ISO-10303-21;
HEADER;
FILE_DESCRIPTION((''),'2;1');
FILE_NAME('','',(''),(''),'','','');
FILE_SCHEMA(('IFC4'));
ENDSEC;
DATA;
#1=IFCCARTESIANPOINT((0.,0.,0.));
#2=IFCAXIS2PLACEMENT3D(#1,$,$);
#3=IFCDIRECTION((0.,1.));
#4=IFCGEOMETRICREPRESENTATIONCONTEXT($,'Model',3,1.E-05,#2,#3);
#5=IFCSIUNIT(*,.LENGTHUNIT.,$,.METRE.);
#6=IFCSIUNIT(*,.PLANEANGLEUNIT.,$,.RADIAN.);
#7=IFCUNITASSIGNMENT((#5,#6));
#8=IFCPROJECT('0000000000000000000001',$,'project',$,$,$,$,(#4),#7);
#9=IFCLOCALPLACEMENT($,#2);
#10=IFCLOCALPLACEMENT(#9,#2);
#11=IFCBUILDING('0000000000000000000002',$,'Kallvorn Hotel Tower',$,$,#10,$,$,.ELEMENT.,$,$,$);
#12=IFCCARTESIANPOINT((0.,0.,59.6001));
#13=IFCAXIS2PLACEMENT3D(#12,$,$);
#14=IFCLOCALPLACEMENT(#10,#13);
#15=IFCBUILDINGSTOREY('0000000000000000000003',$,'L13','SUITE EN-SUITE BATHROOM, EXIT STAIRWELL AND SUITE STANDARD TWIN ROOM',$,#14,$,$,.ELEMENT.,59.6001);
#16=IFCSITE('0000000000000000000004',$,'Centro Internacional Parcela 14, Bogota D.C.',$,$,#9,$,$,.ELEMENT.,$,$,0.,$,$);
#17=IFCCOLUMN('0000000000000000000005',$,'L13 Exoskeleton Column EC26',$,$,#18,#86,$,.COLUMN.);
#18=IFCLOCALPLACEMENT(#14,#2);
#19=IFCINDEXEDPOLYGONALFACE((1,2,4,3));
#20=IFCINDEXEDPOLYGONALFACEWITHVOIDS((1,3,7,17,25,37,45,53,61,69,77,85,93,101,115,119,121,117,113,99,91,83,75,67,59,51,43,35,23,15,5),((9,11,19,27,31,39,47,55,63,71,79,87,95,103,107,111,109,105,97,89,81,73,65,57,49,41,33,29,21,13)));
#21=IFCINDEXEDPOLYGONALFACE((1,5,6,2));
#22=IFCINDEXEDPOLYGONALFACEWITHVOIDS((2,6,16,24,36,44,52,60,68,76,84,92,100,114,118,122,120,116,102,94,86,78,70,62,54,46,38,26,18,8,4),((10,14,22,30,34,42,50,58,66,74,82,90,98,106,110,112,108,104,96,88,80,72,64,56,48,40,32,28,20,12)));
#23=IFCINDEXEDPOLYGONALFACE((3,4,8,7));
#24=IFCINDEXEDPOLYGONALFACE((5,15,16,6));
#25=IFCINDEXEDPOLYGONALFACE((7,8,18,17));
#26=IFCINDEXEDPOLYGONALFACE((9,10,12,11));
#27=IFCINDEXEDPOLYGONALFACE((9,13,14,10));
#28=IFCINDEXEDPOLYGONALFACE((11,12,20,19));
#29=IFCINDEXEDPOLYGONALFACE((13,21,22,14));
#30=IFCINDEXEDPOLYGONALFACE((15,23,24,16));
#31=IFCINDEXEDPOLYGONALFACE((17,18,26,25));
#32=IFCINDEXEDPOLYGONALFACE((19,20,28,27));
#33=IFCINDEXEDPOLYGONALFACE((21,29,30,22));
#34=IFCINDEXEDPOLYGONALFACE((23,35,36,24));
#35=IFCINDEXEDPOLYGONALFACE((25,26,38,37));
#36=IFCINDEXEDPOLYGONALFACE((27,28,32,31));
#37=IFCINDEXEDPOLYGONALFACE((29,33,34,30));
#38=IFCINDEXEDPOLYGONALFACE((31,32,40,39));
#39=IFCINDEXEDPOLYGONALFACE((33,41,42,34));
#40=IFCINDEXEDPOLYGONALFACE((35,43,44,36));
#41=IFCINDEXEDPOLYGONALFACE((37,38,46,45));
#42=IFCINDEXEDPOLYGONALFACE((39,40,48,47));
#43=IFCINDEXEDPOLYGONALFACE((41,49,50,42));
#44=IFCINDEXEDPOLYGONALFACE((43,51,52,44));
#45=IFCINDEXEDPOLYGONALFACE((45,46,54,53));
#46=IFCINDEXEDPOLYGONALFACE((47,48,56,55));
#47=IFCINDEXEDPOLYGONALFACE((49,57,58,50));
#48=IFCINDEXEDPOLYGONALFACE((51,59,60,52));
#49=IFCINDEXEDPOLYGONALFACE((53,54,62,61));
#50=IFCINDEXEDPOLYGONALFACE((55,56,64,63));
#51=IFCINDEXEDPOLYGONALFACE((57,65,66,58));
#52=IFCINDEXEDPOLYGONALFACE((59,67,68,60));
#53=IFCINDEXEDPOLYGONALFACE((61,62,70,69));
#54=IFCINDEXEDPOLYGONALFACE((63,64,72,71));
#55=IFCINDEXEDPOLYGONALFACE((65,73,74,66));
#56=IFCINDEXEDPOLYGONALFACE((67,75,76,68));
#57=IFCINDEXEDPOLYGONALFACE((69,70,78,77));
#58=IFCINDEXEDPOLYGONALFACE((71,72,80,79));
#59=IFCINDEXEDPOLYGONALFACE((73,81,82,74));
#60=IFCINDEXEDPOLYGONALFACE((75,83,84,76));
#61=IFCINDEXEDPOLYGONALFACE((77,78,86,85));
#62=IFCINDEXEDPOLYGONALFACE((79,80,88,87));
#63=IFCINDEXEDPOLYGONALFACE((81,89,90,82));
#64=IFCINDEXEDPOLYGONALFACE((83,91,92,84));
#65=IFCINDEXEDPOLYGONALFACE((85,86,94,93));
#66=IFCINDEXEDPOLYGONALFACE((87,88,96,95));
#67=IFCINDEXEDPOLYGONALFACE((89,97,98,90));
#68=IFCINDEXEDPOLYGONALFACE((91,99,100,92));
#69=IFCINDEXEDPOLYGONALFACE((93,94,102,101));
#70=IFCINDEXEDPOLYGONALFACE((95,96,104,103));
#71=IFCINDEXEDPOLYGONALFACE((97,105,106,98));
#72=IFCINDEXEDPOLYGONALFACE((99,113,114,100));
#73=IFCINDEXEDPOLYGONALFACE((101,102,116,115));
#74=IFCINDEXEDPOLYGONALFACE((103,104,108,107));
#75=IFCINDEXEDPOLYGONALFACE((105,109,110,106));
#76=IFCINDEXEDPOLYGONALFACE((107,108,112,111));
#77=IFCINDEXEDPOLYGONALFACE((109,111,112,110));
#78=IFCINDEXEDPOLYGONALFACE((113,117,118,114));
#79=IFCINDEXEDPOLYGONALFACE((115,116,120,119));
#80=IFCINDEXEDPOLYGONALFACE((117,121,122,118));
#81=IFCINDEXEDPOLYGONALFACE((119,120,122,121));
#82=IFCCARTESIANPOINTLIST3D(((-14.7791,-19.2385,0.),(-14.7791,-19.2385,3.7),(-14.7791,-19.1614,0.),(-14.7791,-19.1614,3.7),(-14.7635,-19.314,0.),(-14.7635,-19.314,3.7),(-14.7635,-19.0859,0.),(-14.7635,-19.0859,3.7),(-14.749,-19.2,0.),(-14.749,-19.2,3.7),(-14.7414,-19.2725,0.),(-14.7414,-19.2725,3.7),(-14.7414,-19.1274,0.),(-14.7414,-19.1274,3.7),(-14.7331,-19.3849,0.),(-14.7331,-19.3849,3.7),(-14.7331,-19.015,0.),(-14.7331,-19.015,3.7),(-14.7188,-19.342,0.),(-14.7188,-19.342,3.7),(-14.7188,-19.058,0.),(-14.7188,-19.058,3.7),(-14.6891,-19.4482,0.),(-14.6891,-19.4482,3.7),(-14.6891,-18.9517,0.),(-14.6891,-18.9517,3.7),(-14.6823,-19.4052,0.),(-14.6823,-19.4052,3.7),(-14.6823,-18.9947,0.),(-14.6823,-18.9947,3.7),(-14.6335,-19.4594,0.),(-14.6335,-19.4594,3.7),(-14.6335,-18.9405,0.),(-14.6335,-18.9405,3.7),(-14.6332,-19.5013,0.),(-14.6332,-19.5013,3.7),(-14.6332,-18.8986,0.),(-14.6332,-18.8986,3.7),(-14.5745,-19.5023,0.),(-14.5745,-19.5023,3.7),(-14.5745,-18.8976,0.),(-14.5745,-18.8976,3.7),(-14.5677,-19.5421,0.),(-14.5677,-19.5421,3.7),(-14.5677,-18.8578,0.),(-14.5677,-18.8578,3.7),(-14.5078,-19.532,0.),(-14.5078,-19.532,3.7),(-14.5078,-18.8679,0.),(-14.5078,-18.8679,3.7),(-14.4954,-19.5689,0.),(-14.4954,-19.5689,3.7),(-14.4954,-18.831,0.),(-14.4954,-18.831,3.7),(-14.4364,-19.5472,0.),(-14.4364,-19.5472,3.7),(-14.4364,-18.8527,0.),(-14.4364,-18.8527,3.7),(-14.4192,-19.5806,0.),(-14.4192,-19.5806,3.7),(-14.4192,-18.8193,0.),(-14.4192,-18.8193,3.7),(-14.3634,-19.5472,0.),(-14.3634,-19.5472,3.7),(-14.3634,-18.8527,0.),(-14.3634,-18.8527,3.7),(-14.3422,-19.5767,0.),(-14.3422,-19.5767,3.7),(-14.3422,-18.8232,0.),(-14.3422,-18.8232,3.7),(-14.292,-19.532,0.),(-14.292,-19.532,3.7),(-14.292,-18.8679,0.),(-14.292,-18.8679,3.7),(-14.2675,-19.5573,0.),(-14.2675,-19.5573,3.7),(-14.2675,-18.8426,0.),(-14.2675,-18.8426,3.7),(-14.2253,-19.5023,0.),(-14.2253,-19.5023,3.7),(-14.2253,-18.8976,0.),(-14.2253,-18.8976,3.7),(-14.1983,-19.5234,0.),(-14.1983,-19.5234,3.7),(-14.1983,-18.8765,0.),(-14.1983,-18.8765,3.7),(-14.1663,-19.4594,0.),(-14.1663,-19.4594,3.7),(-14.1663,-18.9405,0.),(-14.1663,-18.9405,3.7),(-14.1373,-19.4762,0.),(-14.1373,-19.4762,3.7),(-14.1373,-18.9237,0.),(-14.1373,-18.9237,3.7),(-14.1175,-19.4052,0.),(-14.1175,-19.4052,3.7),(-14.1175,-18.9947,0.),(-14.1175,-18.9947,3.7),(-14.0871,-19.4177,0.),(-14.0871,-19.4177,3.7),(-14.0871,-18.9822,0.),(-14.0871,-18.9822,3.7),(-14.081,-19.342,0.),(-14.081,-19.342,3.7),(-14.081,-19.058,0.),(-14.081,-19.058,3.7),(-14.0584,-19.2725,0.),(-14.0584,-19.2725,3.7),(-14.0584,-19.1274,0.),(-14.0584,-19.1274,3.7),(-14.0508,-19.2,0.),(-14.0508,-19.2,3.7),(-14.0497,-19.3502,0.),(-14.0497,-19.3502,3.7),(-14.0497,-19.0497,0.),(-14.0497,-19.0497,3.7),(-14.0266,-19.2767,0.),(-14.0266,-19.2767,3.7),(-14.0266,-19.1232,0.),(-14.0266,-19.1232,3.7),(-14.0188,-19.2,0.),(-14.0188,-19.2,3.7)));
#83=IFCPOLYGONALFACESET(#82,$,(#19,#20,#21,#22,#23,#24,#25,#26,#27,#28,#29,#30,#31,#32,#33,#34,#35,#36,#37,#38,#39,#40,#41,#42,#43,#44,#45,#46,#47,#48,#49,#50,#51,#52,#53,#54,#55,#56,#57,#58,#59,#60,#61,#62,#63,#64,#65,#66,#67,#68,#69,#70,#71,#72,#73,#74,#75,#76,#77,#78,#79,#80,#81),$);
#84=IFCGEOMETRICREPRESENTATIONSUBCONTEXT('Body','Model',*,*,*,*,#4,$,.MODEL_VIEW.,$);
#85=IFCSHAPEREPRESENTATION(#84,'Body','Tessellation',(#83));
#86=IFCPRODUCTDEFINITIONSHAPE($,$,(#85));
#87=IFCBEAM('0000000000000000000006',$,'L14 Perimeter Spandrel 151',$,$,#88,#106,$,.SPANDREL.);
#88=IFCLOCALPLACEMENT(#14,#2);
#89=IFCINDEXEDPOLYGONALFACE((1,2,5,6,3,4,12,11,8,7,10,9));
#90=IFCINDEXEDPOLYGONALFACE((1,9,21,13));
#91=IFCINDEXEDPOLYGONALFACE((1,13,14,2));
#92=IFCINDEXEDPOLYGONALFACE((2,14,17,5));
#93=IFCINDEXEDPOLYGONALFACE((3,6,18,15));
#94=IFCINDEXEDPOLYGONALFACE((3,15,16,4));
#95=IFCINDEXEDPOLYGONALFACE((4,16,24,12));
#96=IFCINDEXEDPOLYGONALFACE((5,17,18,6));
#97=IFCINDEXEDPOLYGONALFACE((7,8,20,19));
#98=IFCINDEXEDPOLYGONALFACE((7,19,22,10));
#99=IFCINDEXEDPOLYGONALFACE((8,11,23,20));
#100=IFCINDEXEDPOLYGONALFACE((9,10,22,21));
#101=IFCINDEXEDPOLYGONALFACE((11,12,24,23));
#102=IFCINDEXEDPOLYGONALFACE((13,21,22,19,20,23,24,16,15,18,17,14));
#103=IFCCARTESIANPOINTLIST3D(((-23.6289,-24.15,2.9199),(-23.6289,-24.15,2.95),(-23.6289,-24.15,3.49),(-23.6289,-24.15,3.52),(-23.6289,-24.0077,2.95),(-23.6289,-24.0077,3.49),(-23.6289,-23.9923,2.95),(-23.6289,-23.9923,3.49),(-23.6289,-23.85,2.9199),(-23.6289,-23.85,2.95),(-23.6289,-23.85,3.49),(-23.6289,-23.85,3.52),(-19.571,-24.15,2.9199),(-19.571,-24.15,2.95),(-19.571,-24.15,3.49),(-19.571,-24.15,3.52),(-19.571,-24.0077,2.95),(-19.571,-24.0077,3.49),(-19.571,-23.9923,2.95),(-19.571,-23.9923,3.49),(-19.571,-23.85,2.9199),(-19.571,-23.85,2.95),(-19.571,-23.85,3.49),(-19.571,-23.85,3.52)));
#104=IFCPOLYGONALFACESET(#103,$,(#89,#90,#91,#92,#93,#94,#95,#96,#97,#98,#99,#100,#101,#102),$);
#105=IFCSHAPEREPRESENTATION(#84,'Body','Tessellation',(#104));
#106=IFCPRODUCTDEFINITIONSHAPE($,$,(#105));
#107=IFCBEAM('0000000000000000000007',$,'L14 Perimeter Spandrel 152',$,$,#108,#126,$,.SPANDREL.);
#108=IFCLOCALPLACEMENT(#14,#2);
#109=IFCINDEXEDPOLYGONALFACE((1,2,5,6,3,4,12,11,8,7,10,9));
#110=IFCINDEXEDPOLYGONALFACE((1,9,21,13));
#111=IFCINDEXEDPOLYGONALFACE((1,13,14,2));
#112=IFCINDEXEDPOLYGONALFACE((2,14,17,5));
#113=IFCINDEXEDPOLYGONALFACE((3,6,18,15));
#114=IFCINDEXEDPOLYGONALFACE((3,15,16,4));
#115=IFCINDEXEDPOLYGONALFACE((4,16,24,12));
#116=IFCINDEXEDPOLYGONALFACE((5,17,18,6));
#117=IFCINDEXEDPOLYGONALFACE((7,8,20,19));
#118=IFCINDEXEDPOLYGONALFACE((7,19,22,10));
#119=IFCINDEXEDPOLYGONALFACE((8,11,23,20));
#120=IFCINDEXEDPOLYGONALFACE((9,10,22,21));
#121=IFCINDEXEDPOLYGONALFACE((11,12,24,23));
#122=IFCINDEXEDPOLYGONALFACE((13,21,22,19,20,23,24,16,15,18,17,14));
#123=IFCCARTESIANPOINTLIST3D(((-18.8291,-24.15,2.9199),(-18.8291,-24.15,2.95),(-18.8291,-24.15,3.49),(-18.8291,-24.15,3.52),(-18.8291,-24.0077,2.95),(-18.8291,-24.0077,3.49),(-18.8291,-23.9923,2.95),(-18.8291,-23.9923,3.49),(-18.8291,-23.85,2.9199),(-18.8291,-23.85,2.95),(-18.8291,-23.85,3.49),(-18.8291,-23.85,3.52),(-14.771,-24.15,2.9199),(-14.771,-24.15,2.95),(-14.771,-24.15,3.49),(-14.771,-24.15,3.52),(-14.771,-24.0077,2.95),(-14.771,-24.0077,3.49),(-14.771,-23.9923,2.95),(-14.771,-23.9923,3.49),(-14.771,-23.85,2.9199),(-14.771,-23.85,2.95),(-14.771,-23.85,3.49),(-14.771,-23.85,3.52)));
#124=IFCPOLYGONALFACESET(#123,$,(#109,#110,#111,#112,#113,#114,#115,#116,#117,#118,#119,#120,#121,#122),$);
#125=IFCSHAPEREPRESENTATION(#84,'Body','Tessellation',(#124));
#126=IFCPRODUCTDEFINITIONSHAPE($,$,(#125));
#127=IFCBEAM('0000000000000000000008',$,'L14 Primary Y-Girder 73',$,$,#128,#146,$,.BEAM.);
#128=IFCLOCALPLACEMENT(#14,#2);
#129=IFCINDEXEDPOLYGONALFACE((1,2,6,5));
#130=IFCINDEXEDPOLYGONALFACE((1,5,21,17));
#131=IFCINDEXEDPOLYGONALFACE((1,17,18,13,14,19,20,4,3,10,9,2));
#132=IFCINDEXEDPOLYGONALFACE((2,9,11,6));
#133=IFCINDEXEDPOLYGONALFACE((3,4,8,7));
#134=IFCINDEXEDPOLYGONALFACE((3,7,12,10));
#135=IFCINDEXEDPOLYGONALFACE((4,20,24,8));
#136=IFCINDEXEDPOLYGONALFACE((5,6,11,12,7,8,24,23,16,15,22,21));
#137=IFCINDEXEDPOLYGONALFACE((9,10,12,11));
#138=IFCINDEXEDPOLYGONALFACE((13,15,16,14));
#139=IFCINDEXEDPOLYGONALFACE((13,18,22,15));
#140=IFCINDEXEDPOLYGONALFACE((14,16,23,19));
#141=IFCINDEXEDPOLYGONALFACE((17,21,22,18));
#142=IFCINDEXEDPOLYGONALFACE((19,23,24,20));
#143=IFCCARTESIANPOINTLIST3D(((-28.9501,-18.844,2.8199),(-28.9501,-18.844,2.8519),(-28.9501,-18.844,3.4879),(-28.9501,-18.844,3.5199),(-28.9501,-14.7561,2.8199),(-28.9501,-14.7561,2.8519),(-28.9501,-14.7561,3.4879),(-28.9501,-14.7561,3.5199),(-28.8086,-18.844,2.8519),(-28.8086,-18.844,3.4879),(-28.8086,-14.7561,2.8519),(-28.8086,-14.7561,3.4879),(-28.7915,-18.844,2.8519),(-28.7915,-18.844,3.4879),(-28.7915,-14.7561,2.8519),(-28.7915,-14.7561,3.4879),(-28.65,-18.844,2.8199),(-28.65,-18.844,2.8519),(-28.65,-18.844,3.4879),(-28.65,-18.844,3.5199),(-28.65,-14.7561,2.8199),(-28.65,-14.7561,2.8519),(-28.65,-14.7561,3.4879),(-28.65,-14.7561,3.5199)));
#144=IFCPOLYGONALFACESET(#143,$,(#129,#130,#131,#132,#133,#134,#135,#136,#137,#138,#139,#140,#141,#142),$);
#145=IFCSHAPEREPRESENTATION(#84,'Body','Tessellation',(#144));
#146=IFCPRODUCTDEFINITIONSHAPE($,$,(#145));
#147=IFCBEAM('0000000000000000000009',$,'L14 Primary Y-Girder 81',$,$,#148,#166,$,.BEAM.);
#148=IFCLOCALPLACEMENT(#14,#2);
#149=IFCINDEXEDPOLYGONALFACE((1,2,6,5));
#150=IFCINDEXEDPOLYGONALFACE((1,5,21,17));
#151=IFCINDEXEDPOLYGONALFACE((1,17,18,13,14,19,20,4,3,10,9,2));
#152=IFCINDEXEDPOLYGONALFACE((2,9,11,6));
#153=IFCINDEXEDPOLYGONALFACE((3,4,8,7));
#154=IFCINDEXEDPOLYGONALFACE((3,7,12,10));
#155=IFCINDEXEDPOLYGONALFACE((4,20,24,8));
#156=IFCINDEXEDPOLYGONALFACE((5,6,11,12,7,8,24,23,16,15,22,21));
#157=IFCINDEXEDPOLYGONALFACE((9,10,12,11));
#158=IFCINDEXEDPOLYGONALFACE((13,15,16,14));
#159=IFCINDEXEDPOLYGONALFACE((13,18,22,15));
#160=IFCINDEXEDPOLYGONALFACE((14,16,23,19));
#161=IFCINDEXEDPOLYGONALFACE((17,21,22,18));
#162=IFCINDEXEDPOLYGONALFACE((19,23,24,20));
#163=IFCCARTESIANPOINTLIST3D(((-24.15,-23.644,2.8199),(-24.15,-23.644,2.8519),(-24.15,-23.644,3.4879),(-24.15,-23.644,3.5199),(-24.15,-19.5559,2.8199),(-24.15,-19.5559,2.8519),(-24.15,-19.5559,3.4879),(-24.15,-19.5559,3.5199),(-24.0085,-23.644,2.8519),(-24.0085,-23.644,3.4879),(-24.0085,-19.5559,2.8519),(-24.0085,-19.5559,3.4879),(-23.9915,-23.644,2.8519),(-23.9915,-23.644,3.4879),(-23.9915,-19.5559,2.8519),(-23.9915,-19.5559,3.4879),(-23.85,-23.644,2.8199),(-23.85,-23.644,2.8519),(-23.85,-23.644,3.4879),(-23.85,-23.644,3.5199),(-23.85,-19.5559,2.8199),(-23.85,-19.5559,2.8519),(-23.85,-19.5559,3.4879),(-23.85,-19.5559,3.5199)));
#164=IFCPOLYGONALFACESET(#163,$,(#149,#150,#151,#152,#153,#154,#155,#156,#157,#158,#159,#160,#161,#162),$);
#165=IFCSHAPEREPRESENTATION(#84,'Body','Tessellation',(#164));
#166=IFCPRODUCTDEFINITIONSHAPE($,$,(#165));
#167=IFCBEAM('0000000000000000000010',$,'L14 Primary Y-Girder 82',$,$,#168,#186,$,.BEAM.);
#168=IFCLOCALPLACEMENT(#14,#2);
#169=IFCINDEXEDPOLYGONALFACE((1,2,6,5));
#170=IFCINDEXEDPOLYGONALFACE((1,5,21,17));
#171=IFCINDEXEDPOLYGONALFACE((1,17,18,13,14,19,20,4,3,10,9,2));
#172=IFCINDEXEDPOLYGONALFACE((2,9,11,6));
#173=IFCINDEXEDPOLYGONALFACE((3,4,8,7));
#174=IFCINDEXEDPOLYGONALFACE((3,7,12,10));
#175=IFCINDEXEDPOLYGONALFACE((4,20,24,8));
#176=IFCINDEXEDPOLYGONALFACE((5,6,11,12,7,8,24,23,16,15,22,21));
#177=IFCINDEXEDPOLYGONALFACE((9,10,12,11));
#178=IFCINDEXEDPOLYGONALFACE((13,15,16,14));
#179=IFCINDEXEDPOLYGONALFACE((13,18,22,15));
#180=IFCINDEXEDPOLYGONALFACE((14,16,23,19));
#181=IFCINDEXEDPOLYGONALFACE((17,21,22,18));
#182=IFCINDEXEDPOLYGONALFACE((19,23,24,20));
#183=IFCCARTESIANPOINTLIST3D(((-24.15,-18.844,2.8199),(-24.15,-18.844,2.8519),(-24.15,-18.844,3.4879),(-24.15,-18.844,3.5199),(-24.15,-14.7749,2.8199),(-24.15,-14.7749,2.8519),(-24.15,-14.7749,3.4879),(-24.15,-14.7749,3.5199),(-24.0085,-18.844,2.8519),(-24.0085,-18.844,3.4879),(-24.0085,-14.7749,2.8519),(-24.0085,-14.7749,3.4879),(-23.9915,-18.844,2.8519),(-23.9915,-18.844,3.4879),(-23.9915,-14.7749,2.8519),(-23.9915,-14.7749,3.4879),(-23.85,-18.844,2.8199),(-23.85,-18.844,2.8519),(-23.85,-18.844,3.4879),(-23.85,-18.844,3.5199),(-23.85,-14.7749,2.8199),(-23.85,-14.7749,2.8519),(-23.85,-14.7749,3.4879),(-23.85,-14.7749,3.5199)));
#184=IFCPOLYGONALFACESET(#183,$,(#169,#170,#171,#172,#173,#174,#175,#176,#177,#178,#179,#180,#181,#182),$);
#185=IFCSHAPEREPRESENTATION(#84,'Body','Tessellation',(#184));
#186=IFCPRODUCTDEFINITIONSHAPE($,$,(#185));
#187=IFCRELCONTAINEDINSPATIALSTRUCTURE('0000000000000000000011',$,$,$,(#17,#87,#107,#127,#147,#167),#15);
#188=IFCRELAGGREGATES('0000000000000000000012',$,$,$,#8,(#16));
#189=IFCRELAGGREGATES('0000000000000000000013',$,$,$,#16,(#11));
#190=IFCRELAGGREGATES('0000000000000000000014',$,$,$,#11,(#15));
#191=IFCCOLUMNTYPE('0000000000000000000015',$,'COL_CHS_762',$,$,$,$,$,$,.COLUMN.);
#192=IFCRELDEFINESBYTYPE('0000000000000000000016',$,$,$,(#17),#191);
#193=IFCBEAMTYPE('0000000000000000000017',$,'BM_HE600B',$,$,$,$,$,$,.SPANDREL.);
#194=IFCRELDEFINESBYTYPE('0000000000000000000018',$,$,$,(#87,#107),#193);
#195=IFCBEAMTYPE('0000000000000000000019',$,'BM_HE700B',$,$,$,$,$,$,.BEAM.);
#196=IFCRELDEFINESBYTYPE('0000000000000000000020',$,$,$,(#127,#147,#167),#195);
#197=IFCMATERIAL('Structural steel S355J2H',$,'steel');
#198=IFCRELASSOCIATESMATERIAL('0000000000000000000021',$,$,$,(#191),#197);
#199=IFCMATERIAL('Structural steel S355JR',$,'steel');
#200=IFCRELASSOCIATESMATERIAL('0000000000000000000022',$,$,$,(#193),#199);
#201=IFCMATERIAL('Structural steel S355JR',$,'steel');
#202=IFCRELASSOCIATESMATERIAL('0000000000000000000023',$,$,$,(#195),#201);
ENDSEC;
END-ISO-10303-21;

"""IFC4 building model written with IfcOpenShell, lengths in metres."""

from ifc_helpers import new_model, si_unit, direction, frame, origin, origin_2d, place, context, subcontext, project, spatial, hollow_circle, i_section, extrude, material, material_profile, profile_set, type_object, element, save


model = new_model("IFC4")

# Units and contexts
model_context = context("Model", 3, precision=1e-05, world=origin(), true_north=direction((0.0, 1.0)))
body_context = subcontext(model_context, "Body", "Model", "MODEL_VIEW")
ifc_project = project(units=[si_unit("LENGTHUNIT", "METRE"), si_unit("PLANEANGLEUNIT", "RADIAN")], contexts=[model_context])

# Site, building, storey
site_placement = place(None, origin())
site = spatial("IfcSite", under=ifc_project, at=site_placement, Name="Centro Internacional Parcela 14, Bogota D.C.", CompositionType="ELEMENT", RefElevation=0.0)
building_placement = place(site_placement, origin())
building = spatial("IfcBuilding", under=site, at=building_placement, Name="Kallvorn Hotel Tower", CompositionType="ELEMENT")
storey_placement = place(building_placement, frame((0.0, 0.0, 59.6001)))
storey = spatial("IfcBuildingStorey", under=building, at=storey_placement, Name="L13", Description="SUITE EN-SUITE BATHROOM, EXIT STAIRWELL AND SUITE STANDARD TWIN ROOM", CompositionType="ELEMENT", Elevation=59.6001)

# Column
ifc_material_1 = material(Name="Structural steel S355J2H", Category="steel")
ifc_material_profile_1 = material_profile(ifc_material_1, hollow_circle(Radius=0.3811, WallThickness=0.032, at=origin_2d()), Name="CHS 762x32")
ifc_profile_set_1 = profile_set([ifc_material_profile_1], Name="Structural steel S355J2H")
column_type = type_object("IfcColumnType", Name="COL_CHS_762", PredefinedType="COLUMN", material=ifc_profile_set_1)
for number, where, z_axis, x_axis, name in (
    (1, (-14.3999, -19.2, 0.0), (0.0, 0.0, 1.0), (1.0, 0.0, 0.0), "L13 Exoskeleton Column EC26"),
):
    element("IfcColumn", number, at=place(storey_placement, frame(where, z_axis=z_axis, x_axis=x_axis)), inside=storey, type_object=column_type, Name=name, PredefinedType="COLUMN", context=body_context, shape_type="SweptSolid", body=[
        extrude(hollow_circle(Radius=0.3811, WallThickness=0.032, at=origin_2d()), origin(), (0.0, 0.0, 1.0), 3.7),
    ])

# Beams
ifc_material_2 = material(Name="Structural steel S355JR", Category="steel")
ifc_material_profile_2 = material_profile(ifc_material_2, i_section(OverallWidth=0.3, OverallDepth=0.6001, WebThickness=0.0154, FlangeThickness=0.03, at=origin_2d()), Name="HE 600 B")
ifc_profile_set_2 = profile_set([ifc_material_profile_2], Name="Structural steel S355JR")
beam_type_1 = type_object("IfcBeamType", Name="BM_HE600B", PredefinedType="SPANDREL", material=ifc_profile_set_2)
beam_1_placement = place(storey_placement, frame((-23.6289, -24.0, 3.22), z_axis=(1.0, 0.0, 0.0), x_axis=(0.0, 1.0, 0.0)))
element("IfcBeam", 2, at=beam_1_placement, inside=storey, type_object=beam_type_1, Name="L14 Perimeter Spandrel 151", PredefinedType="SPANDREL", context=body_context, shape_type="SweptSolid", body=[
    extrude(i_section(OverallWidth=0.3, OverallDepth=0.6001, WebThickness=0.0154, FlangeThickness=0.03, at=origin_2d()), origin(), (0.0, 0.0, 1.0), 4.0579),
])
beam_2_placement = place(storey_placement, frame((-18.8291, -24.0, 3.22), z_axis=(1.0, 0.0, 0.0), x_axis=(0.0, 1.0, 0.0)))
element("IfcBeam", 3, at=beam_2_placement, inside=storey, type_object=beam_type_1, Name="L14 Perimeter Spandrel 152", PredefinedType="SPANDREL", context=body_context, shape_type="SweptSolid", body=[
    extrude(i_section(OverallWidth=0.3, OverallDepth=0.6001, WebThickness=0.0154, FlangeThickness=0.03, at=origin_2d()), origin(), (0.0, 0.0, 1.0), 4.0581),
])
ifc_material_3 = material(Name="Structural steel S355JR", Category="steel")
ifc_material_profile_3 = material_profile(ifc_material_3, i_section(OverallWidth=0.3, OverallDepth=0.7, WebThickness=0.0171, FlangeThickness=0.032, at=origin_2d()), Name="HE 700 B")
ifc_profile_set_3 = profile_set([ifc_material_profile_3], Name="Structural steel S355JR")
beam_type_2 = type_object("IfcBeamType", Name="BM_HE700B", PredefinedType="BEAM", material=ifc_profile_set_3)
beam_3_placement = place(storey_placement, frame((-28.8, -18.844, 3.1699), z_axis=(0.0, 1.0, 0.0), x_axis=(-1.0, 0.0, 0.0)))
element("IfcBeam", 4, at=beam_3_placement, inside=storey, type_object=beam_type_2, Name="L14 Primary Y-Girder 73", PredefinedType="BEAM", context=body_context, shape_type="SweptSolid", body=[
    extrude(i_section(OverallWidth=0.3, OverallDepth=0.7, WebThickness=0.0171, FlangeThickness=0.032, at=origin_2d()), origin(), (0.0, 0.0, 1.0), 4.0879),
])
beam_4_placement = place(storey_placement, frame((-24.0, -23.644, 3.1699), z_axis=(0.0, 1.0, 0.0), x_axis=(-1.0, 0.0, 0.0)))
element("IfcBeam", 5, at=beam_4_placement, inside=storey, type_object=beam_type_2, Name="L14 Primary Y-Girder 81", PredefinedType="BEAM", context=body_context, shape_type="SweptSolid", body=[
    extrude(i_section(OverallWidth=0.3, OverallDepth=0.7, WebThickness=0.0171, FlangeThickness=0.032, at=origin_2d()), origin(), (0.0, 0.0, 1.0), 4.0881),
])
beam_5_placement = place(storey_placement, frame((-24.0, -18.844, 3.1699), z_axis=(0.0, 1.0, 0.0), x_axis=(-1.0, 0.0, 0.0)))
element("IfcBeam", 6, at=beam_5_placement, inside=storey, type_object=beam_type_2, Name="L14 Primary Y-Girder 82", PredefinedType="BEAM", context=body_context, shape_type="SweptSolid", body=[
    extrude(i_section(OverallWidth=0.3, OverallDepth=0.7, WebThickness=0.0171, FlangeThickness=0.032, at=origin_2d()), origin(), (0.0, 0.0, 1.0), 4.0691),
])

save(model, "model.ifc")
